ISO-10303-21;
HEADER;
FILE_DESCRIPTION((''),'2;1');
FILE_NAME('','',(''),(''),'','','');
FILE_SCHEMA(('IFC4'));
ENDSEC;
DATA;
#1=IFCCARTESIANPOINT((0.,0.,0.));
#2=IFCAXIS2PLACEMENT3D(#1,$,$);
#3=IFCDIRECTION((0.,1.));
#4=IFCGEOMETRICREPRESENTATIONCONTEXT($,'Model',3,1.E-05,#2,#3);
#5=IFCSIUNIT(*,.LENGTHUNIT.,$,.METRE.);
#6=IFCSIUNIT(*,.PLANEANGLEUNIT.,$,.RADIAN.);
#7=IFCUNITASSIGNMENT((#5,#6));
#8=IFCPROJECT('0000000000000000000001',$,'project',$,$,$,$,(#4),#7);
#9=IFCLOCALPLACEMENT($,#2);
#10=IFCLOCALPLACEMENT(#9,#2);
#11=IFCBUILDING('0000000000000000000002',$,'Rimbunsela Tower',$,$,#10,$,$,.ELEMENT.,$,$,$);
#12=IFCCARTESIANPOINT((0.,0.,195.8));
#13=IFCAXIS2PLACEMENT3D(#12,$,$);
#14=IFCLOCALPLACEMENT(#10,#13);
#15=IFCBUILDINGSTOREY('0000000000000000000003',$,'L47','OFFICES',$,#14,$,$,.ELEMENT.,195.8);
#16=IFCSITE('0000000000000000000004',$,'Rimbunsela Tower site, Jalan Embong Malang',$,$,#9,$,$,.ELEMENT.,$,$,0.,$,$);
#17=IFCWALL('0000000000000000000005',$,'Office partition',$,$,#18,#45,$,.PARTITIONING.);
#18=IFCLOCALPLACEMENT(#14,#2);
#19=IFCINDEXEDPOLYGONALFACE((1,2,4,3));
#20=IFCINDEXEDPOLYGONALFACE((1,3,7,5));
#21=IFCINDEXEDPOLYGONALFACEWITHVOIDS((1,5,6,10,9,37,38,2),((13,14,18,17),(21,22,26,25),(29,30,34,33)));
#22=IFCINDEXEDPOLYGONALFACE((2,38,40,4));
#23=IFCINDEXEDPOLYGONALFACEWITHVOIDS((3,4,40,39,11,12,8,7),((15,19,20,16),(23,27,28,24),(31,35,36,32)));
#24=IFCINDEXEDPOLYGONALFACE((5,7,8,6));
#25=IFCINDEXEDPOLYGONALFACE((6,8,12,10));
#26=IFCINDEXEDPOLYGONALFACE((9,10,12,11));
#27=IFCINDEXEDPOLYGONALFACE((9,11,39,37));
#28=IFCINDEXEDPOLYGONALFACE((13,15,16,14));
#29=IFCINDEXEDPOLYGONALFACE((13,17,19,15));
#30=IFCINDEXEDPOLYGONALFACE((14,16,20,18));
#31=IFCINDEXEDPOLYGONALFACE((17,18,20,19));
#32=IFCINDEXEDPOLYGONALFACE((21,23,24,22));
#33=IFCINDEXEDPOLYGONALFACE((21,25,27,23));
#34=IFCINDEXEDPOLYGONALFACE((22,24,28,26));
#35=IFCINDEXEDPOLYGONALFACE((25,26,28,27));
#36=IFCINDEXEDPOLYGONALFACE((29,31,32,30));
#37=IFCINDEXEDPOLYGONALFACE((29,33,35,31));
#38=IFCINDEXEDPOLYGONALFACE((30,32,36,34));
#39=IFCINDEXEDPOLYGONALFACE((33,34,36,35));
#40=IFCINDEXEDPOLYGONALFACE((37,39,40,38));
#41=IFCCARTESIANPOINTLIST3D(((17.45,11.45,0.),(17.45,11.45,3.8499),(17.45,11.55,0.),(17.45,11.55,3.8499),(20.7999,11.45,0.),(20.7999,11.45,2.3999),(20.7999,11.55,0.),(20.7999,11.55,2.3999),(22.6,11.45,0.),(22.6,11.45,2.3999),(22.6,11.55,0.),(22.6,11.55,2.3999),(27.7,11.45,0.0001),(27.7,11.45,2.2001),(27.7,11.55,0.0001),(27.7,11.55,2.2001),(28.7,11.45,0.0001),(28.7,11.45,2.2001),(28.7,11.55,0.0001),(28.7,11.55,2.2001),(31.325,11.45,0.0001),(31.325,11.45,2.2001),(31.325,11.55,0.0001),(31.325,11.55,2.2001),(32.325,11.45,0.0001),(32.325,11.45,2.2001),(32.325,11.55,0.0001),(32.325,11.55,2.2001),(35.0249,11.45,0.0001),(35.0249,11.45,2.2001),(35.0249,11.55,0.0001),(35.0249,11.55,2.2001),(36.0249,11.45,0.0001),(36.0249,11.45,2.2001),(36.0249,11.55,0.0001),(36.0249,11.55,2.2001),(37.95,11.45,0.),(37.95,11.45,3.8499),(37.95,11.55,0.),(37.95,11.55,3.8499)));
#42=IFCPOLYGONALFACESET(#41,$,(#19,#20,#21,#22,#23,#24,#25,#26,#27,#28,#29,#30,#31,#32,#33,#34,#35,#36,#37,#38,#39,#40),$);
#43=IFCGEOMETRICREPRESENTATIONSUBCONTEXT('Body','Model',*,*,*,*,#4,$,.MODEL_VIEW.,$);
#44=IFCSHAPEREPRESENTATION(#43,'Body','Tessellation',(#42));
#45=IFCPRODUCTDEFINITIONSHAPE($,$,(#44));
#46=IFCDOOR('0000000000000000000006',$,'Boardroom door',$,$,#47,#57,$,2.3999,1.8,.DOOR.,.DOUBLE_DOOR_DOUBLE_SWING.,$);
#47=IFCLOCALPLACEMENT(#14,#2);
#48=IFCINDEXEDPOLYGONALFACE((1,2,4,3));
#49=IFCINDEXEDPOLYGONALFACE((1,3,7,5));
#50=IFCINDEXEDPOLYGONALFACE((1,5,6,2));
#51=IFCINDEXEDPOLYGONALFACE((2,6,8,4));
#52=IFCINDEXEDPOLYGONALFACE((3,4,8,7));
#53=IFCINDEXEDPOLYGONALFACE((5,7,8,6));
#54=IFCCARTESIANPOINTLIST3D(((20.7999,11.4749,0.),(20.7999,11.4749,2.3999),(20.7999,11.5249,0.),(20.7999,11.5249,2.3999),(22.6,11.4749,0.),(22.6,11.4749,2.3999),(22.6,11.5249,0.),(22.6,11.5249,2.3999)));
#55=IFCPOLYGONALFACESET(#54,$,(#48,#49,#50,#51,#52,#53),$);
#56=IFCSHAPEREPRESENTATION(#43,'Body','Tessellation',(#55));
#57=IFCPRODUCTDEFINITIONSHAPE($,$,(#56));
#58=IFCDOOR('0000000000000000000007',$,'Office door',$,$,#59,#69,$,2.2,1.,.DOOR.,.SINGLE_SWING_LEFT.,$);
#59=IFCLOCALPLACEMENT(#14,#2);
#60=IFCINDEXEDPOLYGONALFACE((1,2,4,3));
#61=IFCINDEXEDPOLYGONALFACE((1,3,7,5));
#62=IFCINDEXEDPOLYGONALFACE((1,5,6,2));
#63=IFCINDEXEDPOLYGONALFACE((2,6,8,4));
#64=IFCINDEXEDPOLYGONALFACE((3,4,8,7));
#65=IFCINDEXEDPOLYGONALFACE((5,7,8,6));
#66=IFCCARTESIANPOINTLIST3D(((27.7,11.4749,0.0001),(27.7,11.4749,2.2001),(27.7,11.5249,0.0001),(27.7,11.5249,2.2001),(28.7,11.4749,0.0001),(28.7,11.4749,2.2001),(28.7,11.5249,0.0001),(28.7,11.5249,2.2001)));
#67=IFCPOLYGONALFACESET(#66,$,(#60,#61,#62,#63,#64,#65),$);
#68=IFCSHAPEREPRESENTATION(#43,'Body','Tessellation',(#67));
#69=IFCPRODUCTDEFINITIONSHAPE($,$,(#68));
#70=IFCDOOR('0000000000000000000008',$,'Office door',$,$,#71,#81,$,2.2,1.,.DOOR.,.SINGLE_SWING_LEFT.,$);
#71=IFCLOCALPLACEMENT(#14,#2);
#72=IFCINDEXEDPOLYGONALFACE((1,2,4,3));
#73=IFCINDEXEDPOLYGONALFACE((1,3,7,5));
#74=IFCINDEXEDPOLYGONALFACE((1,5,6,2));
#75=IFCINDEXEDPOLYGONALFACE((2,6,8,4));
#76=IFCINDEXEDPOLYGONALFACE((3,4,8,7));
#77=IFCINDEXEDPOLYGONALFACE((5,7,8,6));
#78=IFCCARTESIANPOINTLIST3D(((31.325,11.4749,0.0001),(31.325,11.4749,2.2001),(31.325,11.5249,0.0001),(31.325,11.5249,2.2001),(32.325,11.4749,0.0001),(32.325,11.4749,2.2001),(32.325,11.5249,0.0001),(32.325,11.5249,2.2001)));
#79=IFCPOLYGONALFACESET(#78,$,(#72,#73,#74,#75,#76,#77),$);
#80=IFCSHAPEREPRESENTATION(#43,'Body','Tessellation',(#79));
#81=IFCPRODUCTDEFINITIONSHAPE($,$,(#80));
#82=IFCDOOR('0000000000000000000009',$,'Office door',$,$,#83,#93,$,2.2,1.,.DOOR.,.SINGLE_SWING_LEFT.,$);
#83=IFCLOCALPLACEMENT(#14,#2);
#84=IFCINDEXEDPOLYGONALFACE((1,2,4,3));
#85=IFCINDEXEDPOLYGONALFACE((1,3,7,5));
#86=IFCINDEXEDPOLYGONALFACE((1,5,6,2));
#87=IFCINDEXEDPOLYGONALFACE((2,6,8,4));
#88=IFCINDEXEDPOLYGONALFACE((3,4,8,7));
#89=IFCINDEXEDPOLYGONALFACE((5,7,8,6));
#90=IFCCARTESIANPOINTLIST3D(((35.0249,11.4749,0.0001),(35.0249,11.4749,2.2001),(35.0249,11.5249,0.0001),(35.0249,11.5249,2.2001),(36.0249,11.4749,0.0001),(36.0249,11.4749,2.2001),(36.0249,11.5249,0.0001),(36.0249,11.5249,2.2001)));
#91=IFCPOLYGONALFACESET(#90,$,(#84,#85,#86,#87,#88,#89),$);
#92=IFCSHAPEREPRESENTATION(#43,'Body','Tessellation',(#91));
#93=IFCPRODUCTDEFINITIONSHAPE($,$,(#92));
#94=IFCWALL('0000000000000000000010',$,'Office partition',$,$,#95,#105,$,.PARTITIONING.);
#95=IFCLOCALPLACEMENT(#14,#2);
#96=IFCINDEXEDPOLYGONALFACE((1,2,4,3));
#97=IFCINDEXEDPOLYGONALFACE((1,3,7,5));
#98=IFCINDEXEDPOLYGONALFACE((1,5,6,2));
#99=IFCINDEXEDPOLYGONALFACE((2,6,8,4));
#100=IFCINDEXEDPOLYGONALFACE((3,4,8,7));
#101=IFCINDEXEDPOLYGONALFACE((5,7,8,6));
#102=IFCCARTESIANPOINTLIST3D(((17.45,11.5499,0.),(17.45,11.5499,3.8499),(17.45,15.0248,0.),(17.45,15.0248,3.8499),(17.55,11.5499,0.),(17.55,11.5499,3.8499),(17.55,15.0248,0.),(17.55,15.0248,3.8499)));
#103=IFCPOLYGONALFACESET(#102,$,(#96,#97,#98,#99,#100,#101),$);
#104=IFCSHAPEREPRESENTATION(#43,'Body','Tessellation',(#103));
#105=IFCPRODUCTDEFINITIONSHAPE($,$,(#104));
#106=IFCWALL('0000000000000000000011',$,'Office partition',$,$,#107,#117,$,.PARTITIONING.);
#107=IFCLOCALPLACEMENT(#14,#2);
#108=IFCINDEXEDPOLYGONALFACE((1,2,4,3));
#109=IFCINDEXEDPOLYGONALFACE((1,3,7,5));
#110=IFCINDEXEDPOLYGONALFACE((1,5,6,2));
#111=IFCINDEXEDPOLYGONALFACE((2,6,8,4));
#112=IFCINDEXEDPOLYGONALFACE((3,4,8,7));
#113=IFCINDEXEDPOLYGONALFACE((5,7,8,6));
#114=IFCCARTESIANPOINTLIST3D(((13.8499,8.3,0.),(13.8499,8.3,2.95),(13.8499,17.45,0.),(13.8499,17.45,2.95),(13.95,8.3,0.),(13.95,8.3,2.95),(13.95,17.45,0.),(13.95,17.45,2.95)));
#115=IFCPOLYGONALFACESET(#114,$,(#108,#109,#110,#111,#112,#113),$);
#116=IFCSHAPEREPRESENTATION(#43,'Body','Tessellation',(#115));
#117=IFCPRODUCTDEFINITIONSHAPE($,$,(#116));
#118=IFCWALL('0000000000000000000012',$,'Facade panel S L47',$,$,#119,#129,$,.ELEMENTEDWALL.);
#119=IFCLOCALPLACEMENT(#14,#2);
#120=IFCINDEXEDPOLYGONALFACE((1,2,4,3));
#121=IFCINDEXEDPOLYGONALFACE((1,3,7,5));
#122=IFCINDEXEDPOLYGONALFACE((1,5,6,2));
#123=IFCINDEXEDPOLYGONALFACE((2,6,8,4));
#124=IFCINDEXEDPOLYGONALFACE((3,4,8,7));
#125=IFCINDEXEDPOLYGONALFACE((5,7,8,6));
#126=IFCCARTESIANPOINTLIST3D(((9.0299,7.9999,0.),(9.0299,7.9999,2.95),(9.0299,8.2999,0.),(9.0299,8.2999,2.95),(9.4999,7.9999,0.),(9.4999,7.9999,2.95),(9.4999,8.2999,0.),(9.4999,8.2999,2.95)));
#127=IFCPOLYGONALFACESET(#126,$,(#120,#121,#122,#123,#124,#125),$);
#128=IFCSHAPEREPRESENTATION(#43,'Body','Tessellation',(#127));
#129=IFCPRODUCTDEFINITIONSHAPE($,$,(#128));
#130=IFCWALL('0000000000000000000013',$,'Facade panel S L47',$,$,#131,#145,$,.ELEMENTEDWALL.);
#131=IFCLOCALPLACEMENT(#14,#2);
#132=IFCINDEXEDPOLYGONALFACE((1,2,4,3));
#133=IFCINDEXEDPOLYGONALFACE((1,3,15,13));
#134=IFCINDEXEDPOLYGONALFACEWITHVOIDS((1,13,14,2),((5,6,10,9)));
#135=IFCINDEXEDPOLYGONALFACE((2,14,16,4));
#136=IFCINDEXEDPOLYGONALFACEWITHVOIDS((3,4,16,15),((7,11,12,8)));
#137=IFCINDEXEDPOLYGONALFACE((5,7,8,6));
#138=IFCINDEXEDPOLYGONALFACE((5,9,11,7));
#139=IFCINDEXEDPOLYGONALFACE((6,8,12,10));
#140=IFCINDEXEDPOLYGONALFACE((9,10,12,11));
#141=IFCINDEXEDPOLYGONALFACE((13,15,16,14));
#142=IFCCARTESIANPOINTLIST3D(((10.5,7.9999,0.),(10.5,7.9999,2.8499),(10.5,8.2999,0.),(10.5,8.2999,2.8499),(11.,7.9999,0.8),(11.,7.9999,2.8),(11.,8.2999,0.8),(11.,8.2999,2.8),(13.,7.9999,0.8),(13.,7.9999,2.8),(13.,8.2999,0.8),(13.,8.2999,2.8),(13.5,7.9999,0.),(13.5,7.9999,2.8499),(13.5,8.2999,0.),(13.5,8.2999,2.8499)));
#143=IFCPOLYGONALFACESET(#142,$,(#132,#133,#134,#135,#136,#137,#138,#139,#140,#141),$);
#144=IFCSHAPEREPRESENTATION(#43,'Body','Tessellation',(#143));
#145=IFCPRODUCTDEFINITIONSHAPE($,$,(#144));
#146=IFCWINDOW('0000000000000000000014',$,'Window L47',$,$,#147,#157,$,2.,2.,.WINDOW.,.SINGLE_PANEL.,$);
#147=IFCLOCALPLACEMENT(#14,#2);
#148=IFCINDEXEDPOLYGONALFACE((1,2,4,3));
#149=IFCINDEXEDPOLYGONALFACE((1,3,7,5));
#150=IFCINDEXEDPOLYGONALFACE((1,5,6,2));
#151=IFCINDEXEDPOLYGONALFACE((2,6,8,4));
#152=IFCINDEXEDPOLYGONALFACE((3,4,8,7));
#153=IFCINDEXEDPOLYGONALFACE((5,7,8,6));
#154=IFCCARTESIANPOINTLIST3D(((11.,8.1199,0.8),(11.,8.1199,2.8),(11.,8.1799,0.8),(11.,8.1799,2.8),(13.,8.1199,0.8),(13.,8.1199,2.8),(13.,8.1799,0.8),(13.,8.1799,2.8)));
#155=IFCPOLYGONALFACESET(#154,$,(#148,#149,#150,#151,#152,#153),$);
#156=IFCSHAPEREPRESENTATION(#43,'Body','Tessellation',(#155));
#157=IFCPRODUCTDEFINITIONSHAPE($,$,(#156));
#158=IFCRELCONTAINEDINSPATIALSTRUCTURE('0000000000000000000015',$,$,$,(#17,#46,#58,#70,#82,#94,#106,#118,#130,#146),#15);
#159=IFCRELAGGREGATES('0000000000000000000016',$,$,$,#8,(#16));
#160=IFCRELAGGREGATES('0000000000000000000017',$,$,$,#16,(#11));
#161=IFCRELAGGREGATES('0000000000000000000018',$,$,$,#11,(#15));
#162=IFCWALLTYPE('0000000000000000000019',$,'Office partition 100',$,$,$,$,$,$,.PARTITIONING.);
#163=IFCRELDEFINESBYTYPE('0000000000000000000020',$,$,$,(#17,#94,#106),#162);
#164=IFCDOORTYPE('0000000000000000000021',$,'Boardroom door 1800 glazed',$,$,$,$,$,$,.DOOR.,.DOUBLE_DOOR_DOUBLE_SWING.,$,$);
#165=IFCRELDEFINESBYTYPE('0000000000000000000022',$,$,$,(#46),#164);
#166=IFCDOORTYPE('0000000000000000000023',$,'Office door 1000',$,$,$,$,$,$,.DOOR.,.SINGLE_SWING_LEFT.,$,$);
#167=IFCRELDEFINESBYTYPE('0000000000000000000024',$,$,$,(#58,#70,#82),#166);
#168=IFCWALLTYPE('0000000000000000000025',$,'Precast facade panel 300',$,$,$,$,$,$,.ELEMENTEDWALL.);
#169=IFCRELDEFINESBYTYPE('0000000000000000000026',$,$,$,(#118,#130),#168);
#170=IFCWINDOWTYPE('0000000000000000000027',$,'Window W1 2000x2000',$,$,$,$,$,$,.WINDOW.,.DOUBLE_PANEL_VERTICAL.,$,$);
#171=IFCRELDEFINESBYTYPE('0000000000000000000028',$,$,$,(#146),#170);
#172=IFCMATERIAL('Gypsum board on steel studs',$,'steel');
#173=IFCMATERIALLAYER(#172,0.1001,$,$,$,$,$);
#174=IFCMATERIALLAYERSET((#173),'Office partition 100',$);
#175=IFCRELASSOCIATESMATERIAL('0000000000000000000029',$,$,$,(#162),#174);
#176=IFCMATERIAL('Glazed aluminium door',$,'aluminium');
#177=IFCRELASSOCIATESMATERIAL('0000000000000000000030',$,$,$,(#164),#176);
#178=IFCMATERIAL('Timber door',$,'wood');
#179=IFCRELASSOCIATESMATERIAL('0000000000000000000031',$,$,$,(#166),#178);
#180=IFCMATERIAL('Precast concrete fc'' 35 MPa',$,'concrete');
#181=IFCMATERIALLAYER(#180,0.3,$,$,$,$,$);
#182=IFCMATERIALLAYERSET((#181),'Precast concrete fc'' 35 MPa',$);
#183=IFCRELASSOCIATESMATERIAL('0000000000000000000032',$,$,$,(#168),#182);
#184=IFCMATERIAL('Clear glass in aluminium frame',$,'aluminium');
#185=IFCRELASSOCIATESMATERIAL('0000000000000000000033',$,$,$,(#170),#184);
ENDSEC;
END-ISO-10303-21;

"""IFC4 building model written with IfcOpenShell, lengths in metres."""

from ifc_helpers import new_model, si_unit, direction, frame, frame_2d, origin, place, context, subcontext, project, spatial, rectangle, extrude, material, layer, layer_set, type_object, element, fill, save


model = new_model("IFC4")

# Units and contexts
model_context = context("Model", 3, precision=1e-05, world=origin(), true_north=direction((0.0, 1.0)))
body_context = subcontext(model_context, "Body", "Model", "MODEL_VIEW")
ifc_project = project(units=[si_unit("LENGTHUNIT", "METRE"), si_unit("PLANEANGLEUNIT", "RADIAN")], contexts=[model_context])

# Site, building, storey
site_placement = place(None, origin())
site = spatial("IfcSite", under=ifc_project, at=site_placement, Name="Rimbunsela Tower site, Jalan Embong Malang", CompositionType="ELEMENT", RefElevation=0.0)
building_placement = place(site_placement, origin())
building = spatial("IfcBuilding", under=site, at=building_placement, Name="Rimbunsela Tower", CompositionType="ELEMENT")
storey_placement = place(building_placement, frame((0.0, 0.0, 195.8)))
storey = spatial("IfcBuildingStorey", under=building, at=storey_placement, Name="L47", Description="OFFICES", CompositionType="ELEMENT", Elevation=195.8)

# Wall, openings, doors
ifc_material_1 = material(Name="Gypsum board on steel studs", Category="steel")
ifc_layer_1 = layer(ifc_material_1, 0.1001)
ifc_layer_set_1 = layer_set([ifc_layer_1], Name="Office partition 100")
wall_type_1 = type_object("IfcWallType", Name="Office partition 100", PredefinedType="PARTITIONING", material=ifc_layer_set_1)
wall_1_placement = place(storey_placement, frame((17.45, 11.5, 0.0), z_axis=(0.0, 0.0, 1.0), x_axis=(1.0, 0.0, 0.0)))
wall_1 = element("IfcWall", 1, at=wall_1_placement, inside=storey, type_object=wall_type_1, Name="Office partition", PredefinedType="PARTITIONING", context=body_context, shape_type="SweptSolid", body=[
    extrude(rectangle(XDim=20.5, YDim=0.1001, at=frame_2d((10.25, 0.0))), origin(), (0.0, 0.0, 1.0), 3.8499),
])
opening_1_placement = place(wall_1_placement, frame((3.3501, 0.0, 0.0)))
opening_1 = element("IfcOpeningElement", 2, at=opening_1_placement, cuts=wall_1, PredefinedType="OPENING", context=body_context, shape_type="SweptSolid", body=[
    extrude(rectangle(XDim=1.8, YDim=2.3999, at=frame_2d((0.8999, 1.2))), frame((0.0, 0.0601, 0.0), z_axis=(0.0, -1.0, 0.0), x_axis=(1.0, 0.0, 0.0)), (0.0, 0.0, 1.0), 0.1201),
])
opening_2_placement = place(wall_1_placement, frame((10.25, 0.0, 0.0)))
opening_2 = element("IfcOpeningElement", 3, at=opening_2_placement, cuts=wall_1, PredefinedType="OPENING", context=body_context, shape_type="SweptSolid", body=[
    extrude(rectangle(XDim=1.0, YDim=2.2, at=frame_2d((0.5, 1.1001))), frame((0.0, 0.0601, 0.0), z_axis=(0.0, -1.0, 0.0), x_axis=(1.0, 0.0, 0.0)), (0.0, 0.0, 1.0), 0.1201),
])
opening_3_placement = place(wall_1_placement, frame((13.875, 0.0, 0.0)))
opening_3 = element("IfcOpeningElement", 4, at=opening_3_placement, cuts=wall_1, PredefinedType="OPENING", context=body_context, shape_type="SweptSolid", body=[
    extrude(rectangle(XDim=1.0, YDim=2.2, at=frame_2d((0.5, 1.1001))), frame((0.0, 0.0601, 0.0), z_axis=(0.0, -1.0, 0.0), x_axis=(1.0, 0.0, 0.0)), (0.0, 0.0, 1.0), 0.1201),
])
opening_4_placement = place(wall_1_placement, frame((17.575, 0.0, 0.0)))
opening_4 = element("IfcOpeningElement", 5, at=opening_4_placement, cuts=wall_1, PredefinedType="OPENING", context=body_context, shape_type="SweptSolid", body=[
    extrude(rectangle(XDim=1.0, YDim=2.2, at=frame_2d((0.5, 1.1001))), frame((0.0, 0.0601, 0.0), z_axis=(0.0, -1.0, 0.0), x_axis=(1.0, 0.0, 0.0)), (0.0, 0.0, 1.0), 0.1201),
])
ifc_material_2 = material(Name="Glazed aluminium door", Category="aluminium")
door_type_1 = type_object("IfcDoorType", Name="Boardroom door 1800 glazed", OperationType="DOUBLE_DOOR_DOUBLE_SWING", PredefinedType="DOOR", material=ifc_material_2)
door_1_placement = place(opening_1_placement, origin())
door_1 = element("IfcDoor", 6, at=door_1_placement, inside=storey, type_object=door_type_1, Name="Boardroom door", OperationType="DOUBLE_DOOR_DOUBLE_SWING", OverallHeight=2.3999, OverallWidth=1.8, PredefinedType="DOOR", context=body_context, shape_type="SweptSolid", body=[
    extrude(rectangle(XDim=1.8, YDim=2.3999, at=frame_2d((0.8999, 1.2))), frame((0.0, 0.0249, 0.0), z_axis=(0.0, -1.0, 0.0), x_axis=(1.0, 0.0, 0.0)), (0.0, 0.0, 1.0), 0.05),
])
fill(opening_1, door_1)
ifc_material_3 = material(Name="Timber door", Category="wood")
door_type_2 = type_object("IfcDoorType", Name="Office door 1000", OperationType="SINGLE_SWING_LEFT", PredefinedType="DOOR", material=ifc_material_3)
door_2_placement = place(opening_2_placement, origin())
door_2 = element("IfcDoor", 7, at=door_2_placement, inside=storey, type_object=door_type_2, Name="Office door", OperationType="SINGLE_SWING_LEFT", OverallHeight=2.2, OverallWidth=1.0, PredefinedType="DOOR", context=body_context, shape_type="SweptSolid", body=[
    extrude(rectangle(XDim=1.0, YDim=2.2, at=frame_2d((0.5, 1.1001))), frame((0.0, 0.0249, 0.0), z_axis=(0.0, -1.0, 0.0), x_axis=(1.0, 0.0, 0.0)), (0.0, 0.0, 1.0), 0.05),
])
fill(opening_2, door_2)
door_3_placement = place(opening_3_placement, origin())
door_3 = element("IfcDoor", 8, at=door_3_placement, inside=storey, type_object=door_type_2, Name="Office door", OperationType="SINGLE_SWING_LEFT", OverallHeight=2.2, OverallWidth=1.0, PredefinedType="DOOR", context=body_context, shape_type="SweptSolid", body=[
    extrude(rectangle(XDim=1.0, YDim=2.2, at=frame_2d((0.5, 1.1001))), frame((0.0, 0.0249, 0.0), z_axis=(0.0, -1.0, 0.0), x_axis=(1.0, 0.0, 0.0)), (0.0, 0.0, 1.0), 0.05),
])
fill(opening_3, door_3)
door_4_placement = place(opening_4_placement, origin())
door_4 = element("IfcDoor", 9, at=door_4_placement, inside=storey, type_object=door_type_2, Name="Office door", OperationType="SINGLE_SWING_LEFT", OverallHeight=2.2, OverallWidth=1.0, PredefinedType="DOOR", context=body_context, shape_type="SweptSolid", body=[
    extrude(rectangle(XDim=1.0, YDim=2.2, at=frame_2d((0.5, 1.1001))), frame((0.0, 0.0249, 0.0), z_axis=(0.0, -1.0, 0.0), x_axis=(1.0, 0.0, 0.0)), (0.0, 0.0, 1.0), 0.05),
])
fill(opening_4, door_4)

# Walls
wall_2_placement = place(storey_placement, frame((17.5, 11.55, 0.0), z_axis=(0.0, 0.0, 1.0), x_axis=(0.0, 1.0, 0.0)))
element("IfcWall", 10, at=wall_2_placement, inside=storey, type_object=wall_type_1, Name="Office partition", PredefinedType="PARTITIONING", context=body_context, shape_type="SweptSolid", body=[
    extrude(rectangle(XDim=3.4749, YDim=0.1001, at=frame_2d((1.7373, 0.0))), origin(), (0.0, 0.0, 1.0), 3.8499),
])
wall_3_placement = place(storey_placement, frame((13.8999, 8.3, 0.0), z_axis=(0.0, 0.0, 1.0), x_axis=(0.0, 1.0, 0.0)))
element("IfcWall", 11, at=wall_3_placement, inside=storey, type_object=wall_type_1, Name="Office partition", PredefinedType="PARTITIONING", context=body_context, shape_type="SweptSolid", body=[
    extrude(rectangle(XDim=9.1499, YDim=0.1001, at=frame_2d((4.575, 0.0))), origin(), (0.0, 0.0, 1.0), 2.95),
])
ifc_material_4 = material(Name="Precast concrete fc' 35 MPa", Category="concrete")
ifc_layer_2 = layer(ifc_material_4, 0.3)
ifc_layer_set_2 = layer_set([ifc_layer_2], Name="Precast concrete fc' 35 MPa")
wall_type_2 = type_object("IfcWallType", Name="Precast facade panel 300", PredefinedType="ELEMENTEDWALL", material=ifc_layer_set_2)
wall_4_placement = place(storey_placement, frame((9.03, 8.1499, 0.0), z_axis=(0.0, 0.0, 1.0), x_axis=(1.0, 0.0, 0.0)))
element("IfcWall", 12, at=wall_4_placement, inside=storey, type_object=wall_type_2, Name="Facade panel S L47", PredefinedType="ELEMENTEDWALL", context=body_context, shape_type="SweptSolid", body=[
    extrude(rectangle(XDim=0.47, YDim=0.3, at=frame_2d((0.2349, 0.0))), origin(), (0.0, 0.0, 1.0), 2.95),
])

# Wall, opening, window
wall_5_placement = place(storey_placement, frame((10.5, 8.1499, 0.0), z_axis=(0.0, 0.0, 1.0), x_axis=(1.0, 0.0, 0.0)))
wall_5 = element("IfcWall", 13, at=wall_5_placement, inside=storey, type_object=wall_type_2, Name="Facade panel S L47", PredefinedType="ELEMENTEDWALL", context=body_context, shape_type="SweptSolid", body=[
    extrude(rectangle(XDim=3.0, YDim=0.3, at=frame_2d((1.5, 0.0))), origin(), (0.0, 0.0, 1.0), 2.8499),
])
opening_5_placement = place(wall_5_placement, frame((0.5, 0.0, 0.8)))
opening_5 = element("IfcOpeningElement", 14, at=opening_5_placement, cuts=wall_5, PredefinedType="OPENING", context=body_context, shape_type="SweptSolid", body=[
    extrude(rectangle(XDim=2.0, YDim=2.0, at=frame_2d((1.0, 1.0))), frame((0.0, 0.1599, 0.0), z_axis=(0.0, -1.0, 0.0), x_axis=(1.0, 0.0, 0.0)), (0.0, 0.0, 1.0), 0.3201),
])
ifc_material_5 = material(Name="Clear glass in aluminium frame", Category="aluminium")
window_type = type_object("IfcWindowType", Name="Window W1 2000x2000", PartitioningType="DOUBLE_PANEL_VERTICAL", PredefinedType="WINDOW", material=ifc_material_5)
window_1_placement = place(opening_5_placement, origin())
window_1 = element("IfcWindow", 15, at=window_1_placement, inside=storey, type_object=window_type, Name="Window L47", OverallHeight=2.0, OverallWidth=2.0, PartitioningType="SINGLE_PANEL", PredefinedType="WINDOW", context=body_context, shape_type="SweptSolid", body=[
    extrude(rectangle(XDim=2.0, YDim=2.0, at=frame_2d((1.0, 1.0))), frame((0.0, 0.03, 0.0), z_axis=(0.0, -1.0, 0.0), x_axis=(1.0, 0.0, 0.0)), (0.0, 0.0, 1.0), 0.0601),
])
fill(opening_5, window_1)

save(model, "model.ifc")
